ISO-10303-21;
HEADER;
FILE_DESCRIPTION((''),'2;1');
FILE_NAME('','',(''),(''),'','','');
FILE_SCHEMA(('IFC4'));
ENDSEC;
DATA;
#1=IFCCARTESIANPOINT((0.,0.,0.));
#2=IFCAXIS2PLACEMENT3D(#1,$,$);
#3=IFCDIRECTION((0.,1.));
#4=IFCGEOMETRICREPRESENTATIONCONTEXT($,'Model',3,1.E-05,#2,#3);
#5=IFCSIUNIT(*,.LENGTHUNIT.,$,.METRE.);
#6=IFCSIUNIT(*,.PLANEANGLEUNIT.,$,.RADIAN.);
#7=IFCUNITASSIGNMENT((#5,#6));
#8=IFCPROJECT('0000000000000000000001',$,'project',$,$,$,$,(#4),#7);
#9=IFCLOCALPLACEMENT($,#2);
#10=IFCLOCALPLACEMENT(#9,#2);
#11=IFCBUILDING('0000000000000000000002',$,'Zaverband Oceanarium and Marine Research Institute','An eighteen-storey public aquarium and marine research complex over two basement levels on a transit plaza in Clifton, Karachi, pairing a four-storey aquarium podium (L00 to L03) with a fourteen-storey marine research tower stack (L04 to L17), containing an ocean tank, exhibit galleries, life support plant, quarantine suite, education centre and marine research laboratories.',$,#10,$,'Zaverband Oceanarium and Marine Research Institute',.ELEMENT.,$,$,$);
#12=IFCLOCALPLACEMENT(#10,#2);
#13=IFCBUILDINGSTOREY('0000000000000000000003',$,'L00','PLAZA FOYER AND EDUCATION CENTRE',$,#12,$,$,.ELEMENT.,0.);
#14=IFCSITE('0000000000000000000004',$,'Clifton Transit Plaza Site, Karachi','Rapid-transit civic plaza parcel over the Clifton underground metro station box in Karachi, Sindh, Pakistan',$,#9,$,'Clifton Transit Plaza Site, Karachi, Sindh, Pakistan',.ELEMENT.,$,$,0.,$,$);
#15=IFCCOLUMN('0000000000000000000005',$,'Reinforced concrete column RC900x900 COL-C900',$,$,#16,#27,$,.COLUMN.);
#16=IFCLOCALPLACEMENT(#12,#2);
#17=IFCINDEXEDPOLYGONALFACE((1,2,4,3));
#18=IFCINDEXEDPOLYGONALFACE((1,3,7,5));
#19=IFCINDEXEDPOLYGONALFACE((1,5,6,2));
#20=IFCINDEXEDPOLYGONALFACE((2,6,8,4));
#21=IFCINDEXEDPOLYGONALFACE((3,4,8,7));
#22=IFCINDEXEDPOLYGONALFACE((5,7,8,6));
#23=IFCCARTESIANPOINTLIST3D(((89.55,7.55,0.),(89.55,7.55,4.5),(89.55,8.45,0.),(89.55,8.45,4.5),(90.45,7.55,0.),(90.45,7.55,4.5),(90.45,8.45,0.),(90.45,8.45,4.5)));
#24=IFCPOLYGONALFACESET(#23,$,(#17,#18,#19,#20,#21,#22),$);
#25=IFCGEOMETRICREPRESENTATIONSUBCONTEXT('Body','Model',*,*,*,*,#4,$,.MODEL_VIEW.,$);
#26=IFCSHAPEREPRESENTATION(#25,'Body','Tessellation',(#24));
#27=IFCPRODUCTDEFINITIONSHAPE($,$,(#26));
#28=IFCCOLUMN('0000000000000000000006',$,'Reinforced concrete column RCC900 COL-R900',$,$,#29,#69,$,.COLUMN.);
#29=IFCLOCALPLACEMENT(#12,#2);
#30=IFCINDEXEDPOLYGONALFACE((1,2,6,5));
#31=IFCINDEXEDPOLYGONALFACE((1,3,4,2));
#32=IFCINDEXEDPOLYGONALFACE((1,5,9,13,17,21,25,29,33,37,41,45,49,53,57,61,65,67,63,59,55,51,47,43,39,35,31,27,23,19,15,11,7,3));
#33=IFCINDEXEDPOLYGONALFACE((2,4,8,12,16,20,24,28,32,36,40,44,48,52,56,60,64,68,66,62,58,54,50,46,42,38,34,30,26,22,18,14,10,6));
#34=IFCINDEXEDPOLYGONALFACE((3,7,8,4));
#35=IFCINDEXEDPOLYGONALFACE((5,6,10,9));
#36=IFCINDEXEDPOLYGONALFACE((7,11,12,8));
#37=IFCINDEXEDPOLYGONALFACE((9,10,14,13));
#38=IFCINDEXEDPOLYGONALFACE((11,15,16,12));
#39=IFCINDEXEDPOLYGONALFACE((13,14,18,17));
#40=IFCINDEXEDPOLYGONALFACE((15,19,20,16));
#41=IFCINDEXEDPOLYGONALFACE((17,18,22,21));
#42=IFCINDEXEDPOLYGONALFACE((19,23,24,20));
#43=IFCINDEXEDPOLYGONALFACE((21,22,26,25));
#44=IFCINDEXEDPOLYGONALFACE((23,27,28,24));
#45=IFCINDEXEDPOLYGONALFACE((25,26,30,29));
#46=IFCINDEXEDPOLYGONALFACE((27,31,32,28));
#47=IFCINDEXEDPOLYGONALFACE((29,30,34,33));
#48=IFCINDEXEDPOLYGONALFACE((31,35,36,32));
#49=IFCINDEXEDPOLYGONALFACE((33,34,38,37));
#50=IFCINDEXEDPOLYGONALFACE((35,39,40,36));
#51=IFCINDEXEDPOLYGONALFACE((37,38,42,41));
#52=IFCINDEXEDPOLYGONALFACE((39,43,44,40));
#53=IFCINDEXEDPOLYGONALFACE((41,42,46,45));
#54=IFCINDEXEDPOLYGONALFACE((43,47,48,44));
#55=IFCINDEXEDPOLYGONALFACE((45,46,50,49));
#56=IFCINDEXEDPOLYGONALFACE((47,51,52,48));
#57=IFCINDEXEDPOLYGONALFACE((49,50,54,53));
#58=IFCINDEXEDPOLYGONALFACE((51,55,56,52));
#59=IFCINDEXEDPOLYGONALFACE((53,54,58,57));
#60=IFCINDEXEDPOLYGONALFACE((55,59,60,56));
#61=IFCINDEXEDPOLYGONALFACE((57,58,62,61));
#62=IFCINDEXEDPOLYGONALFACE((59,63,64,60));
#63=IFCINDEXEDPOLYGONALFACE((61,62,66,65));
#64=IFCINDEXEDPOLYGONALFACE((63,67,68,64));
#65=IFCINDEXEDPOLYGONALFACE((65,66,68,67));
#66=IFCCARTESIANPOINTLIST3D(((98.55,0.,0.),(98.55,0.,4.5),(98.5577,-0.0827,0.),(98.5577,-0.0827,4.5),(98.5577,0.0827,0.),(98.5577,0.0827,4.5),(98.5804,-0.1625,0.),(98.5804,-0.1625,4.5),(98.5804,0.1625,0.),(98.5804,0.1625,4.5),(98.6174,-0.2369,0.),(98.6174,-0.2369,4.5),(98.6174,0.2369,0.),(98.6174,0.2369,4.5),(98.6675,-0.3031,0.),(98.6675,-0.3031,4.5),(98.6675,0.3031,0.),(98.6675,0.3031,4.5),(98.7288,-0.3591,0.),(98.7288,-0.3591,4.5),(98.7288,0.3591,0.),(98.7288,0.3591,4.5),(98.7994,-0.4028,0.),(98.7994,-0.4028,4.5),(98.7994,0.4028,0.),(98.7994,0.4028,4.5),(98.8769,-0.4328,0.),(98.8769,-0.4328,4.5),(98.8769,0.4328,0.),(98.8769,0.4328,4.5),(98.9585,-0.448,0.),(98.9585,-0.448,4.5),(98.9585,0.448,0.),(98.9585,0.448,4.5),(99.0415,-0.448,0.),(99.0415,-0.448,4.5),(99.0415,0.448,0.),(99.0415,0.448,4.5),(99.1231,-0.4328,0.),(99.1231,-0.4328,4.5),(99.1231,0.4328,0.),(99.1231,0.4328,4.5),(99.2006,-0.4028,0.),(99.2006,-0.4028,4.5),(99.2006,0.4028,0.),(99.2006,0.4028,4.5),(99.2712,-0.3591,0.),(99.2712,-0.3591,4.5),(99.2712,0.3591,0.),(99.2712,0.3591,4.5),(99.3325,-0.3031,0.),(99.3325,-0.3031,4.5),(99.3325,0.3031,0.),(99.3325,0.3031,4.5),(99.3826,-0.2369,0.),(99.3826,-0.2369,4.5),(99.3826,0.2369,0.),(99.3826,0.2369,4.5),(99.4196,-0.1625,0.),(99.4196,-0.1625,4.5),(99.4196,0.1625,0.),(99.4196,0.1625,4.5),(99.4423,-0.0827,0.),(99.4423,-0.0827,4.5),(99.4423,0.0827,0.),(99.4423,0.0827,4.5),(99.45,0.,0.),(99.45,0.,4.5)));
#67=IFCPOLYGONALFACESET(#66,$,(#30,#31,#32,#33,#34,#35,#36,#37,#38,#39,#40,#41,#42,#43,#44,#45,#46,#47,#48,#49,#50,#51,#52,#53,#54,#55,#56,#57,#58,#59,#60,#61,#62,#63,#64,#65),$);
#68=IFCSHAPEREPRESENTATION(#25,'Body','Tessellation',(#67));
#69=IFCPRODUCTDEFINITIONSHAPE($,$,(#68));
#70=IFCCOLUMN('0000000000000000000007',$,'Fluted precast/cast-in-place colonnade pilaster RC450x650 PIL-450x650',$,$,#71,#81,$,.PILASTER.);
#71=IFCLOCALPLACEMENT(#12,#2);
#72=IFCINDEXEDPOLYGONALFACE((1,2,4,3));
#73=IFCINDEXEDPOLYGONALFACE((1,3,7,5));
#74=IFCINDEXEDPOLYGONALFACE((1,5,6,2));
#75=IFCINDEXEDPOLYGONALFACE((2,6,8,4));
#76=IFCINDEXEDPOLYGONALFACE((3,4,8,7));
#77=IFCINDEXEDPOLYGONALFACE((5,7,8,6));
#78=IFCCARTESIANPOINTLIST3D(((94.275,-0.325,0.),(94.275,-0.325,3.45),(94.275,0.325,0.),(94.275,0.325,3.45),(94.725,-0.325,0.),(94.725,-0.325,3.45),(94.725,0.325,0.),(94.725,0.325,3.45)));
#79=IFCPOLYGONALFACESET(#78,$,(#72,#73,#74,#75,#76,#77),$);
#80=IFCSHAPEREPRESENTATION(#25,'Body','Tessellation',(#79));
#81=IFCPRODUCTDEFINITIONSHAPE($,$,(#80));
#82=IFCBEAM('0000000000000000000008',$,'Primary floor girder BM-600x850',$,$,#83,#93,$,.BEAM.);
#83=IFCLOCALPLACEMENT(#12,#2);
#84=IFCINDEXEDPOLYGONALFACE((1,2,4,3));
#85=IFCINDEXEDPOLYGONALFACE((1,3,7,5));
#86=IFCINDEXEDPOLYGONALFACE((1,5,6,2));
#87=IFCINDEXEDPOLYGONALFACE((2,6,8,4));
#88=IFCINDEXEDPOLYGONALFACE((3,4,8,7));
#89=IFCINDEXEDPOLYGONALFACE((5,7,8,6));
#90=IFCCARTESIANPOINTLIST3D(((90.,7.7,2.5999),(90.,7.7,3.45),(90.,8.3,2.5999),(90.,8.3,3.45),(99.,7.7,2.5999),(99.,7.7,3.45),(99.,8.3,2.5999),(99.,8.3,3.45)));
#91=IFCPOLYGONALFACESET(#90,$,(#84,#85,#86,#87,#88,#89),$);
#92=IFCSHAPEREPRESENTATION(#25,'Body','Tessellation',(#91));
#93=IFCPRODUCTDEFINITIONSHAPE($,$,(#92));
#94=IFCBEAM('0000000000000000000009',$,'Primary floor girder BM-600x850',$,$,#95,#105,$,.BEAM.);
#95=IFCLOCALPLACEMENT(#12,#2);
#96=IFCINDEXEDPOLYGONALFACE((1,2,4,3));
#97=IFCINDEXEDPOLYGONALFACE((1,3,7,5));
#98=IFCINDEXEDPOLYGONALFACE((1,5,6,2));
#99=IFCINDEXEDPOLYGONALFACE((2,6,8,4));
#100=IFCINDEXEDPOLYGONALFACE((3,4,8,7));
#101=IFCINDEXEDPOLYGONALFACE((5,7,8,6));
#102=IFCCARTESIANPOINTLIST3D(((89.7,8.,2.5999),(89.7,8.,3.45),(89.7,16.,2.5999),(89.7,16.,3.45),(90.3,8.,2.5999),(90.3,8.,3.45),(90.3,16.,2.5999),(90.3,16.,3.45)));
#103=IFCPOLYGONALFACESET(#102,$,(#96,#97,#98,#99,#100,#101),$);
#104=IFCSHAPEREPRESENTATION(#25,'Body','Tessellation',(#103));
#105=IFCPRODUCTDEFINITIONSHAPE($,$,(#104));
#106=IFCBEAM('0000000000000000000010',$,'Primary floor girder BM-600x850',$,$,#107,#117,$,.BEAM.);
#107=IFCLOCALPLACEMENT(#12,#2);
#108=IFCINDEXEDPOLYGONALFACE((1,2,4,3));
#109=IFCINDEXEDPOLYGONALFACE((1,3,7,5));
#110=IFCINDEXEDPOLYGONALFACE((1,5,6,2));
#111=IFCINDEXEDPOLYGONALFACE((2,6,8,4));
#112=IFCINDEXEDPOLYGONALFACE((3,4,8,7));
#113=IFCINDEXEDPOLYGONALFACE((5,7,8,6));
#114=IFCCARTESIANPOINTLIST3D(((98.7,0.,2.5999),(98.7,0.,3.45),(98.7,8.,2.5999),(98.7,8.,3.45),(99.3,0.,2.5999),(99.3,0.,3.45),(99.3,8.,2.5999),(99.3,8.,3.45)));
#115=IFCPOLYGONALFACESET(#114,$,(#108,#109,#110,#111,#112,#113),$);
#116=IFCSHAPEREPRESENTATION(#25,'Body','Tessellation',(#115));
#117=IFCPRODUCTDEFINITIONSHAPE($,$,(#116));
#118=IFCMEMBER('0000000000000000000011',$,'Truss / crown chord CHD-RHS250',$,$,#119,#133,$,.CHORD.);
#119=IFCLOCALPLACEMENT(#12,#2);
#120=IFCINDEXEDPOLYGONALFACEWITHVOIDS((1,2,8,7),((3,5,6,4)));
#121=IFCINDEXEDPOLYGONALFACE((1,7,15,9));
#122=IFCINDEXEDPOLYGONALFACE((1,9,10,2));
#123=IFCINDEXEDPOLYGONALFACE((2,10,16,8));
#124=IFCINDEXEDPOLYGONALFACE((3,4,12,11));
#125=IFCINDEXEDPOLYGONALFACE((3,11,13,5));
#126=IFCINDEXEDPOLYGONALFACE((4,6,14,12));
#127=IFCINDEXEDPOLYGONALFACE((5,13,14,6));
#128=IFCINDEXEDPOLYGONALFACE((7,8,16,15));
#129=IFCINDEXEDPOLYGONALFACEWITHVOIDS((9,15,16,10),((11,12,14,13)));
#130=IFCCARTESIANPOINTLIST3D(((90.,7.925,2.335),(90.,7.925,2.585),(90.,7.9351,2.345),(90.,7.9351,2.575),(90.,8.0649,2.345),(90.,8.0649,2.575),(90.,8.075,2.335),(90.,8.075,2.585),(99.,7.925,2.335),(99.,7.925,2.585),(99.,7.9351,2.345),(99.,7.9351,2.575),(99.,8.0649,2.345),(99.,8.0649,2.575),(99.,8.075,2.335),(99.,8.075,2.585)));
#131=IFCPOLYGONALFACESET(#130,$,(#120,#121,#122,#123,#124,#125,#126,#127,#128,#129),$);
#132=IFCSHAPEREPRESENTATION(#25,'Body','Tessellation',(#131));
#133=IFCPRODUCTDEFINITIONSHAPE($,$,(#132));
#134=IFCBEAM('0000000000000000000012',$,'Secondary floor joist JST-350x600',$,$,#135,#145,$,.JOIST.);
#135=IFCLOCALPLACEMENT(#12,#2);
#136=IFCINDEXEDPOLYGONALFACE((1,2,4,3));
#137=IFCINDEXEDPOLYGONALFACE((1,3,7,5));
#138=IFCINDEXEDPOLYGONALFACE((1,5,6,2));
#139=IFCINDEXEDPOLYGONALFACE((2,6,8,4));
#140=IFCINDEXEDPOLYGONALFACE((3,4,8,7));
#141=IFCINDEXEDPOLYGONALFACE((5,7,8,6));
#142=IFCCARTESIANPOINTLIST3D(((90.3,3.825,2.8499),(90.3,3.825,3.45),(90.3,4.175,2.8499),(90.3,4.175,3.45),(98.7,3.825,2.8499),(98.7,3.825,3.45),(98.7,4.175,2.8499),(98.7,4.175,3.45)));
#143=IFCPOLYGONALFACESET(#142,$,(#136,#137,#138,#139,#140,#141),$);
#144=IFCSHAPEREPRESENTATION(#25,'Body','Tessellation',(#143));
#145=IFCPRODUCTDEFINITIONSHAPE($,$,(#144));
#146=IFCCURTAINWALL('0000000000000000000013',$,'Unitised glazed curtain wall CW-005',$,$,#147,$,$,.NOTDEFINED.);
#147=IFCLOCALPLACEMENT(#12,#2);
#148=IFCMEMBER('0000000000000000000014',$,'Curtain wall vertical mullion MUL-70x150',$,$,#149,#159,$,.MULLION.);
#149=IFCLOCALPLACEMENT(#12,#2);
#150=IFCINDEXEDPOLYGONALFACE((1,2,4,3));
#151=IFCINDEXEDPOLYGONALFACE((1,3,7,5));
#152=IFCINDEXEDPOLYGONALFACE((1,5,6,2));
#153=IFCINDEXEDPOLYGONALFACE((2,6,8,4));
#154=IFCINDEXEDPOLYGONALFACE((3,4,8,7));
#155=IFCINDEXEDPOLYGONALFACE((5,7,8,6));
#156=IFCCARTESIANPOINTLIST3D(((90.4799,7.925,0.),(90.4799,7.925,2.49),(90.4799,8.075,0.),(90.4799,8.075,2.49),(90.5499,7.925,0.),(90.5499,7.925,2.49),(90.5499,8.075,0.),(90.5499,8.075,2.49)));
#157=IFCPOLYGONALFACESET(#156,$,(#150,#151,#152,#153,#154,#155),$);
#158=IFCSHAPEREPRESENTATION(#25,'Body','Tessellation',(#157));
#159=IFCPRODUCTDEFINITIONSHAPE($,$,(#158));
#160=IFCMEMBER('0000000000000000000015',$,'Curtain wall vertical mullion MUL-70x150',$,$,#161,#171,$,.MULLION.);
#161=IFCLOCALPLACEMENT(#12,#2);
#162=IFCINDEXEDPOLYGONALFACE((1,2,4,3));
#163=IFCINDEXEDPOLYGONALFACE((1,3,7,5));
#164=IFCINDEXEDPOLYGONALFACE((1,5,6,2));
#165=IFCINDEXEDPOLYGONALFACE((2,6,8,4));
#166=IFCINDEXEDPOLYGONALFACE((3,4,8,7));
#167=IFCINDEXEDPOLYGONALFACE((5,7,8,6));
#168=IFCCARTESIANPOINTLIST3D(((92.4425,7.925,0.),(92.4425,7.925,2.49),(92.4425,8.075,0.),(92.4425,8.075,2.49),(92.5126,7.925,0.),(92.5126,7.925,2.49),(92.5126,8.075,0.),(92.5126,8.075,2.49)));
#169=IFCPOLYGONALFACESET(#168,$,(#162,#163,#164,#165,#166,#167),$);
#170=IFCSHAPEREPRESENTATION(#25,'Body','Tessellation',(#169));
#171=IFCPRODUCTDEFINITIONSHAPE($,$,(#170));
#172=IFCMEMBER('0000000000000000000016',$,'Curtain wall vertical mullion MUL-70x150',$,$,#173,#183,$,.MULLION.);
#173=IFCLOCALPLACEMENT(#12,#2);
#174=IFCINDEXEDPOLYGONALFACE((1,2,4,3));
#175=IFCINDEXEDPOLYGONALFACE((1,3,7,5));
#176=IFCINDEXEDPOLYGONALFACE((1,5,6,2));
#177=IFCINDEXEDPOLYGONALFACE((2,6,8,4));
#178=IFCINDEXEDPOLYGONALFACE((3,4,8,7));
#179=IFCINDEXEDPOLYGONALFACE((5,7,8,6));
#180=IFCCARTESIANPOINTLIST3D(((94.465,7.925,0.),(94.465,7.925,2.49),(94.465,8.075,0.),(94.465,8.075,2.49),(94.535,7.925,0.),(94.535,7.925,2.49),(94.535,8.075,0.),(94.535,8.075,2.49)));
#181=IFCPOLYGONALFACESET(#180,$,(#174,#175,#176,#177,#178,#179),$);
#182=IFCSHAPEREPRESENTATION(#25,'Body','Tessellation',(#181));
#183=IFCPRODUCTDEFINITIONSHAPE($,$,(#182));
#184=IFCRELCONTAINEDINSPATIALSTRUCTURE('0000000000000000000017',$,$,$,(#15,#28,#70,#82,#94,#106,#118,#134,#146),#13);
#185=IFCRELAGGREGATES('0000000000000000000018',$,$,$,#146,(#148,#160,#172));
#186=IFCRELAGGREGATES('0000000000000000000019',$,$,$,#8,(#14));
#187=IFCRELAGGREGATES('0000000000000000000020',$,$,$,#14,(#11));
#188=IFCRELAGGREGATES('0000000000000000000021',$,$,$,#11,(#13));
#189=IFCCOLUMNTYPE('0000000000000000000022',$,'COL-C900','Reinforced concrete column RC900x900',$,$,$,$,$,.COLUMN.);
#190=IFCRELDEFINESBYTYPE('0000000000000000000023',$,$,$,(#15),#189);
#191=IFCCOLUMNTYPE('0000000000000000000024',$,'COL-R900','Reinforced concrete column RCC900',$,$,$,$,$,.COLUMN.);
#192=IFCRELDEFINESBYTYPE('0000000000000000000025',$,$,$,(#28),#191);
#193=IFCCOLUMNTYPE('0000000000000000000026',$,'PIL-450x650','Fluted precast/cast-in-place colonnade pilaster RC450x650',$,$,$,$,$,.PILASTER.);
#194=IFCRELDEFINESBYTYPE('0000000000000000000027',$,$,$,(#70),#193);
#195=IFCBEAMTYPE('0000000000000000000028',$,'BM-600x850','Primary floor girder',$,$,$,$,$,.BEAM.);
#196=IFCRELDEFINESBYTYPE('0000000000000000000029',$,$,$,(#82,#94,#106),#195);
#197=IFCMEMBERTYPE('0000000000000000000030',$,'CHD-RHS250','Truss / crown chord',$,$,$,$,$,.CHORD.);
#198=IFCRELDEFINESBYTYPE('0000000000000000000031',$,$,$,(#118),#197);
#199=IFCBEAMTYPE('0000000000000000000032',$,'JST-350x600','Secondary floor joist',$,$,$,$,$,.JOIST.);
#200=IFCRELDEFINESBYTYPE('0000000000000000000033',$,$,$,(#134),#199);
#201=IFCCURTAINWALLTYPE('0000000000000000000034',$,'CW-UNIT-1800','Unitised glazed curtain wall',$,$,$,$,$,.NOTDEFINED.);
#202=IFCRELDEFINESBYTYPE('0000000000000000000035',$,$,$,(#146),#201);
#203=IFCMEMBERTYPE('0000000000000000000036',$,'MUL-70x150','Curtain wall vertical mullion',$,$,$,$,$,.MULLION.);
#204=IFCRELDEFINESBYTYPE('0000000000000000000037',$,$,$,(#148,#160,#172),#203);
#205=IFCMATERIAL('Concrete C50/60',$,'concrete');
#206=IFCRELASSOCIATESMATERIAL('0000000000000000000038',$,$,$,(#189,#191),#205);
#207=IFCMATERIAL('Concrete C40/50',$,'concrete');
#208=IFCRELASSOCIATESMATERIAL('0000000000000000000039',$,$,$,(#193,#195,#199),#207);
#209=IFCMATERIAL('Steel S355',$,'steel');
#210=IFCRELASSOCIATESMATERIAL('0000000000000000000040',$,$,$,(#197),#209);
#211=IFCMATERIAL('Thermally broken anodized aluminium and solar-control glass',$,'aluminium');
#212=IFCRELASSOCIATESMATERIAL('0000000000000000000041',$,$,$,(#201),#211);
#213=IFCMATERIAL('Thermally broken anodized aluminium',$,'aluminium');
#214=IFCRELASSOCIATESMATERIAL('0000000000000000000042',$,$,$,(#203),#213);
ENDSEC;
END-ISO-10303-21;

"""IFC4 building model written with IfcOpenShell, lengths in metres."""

from ifc_helpers import new_model, si_unit, direction, frame, origin, origin_2d, place, context, subcontext, project, spatial, rectangle, hollow_rectangle, circle, extrude, material, material_profile, profile_set, type_object, element, aggregate, save


model = new_model("IFC4")

# Units and contexts
model_context = context("Model", 3, precision=1e-05, world=origin(), true_north=direction((0.0, 1.0)))
body_context = subcontext(model_context, "Body", "Model", "MODEL_VIEW")
ifc_project = project(units=[si_unit("LENGTHUNIT", "METRE"), si_unit("PLANEANGLEUNIT", "RADIAN")], contexts=[model_context])

# Site, building, storey
site_placement = place(None, origin())
site = spatial("IfcSite", under=ifc_project, at=site_placement, Name="Clifton Transit Plaza Site, Karachi", Description="Rapid-transit civic plaza parcel over the Clifton underground metro station box in Karachi, Sindh, Pakistan", LongName="Clifton Transit Plaza Site, Karachi, Sindh, Pakistan", CompositionType="ELEMENT", RefElevation=0.0)
building_placement = place(site_placement, origin())
building = spatial("IfcBuilding", under=site, at=building_placement, Name="Zaverband Oceanarium and Marine Research Institute", Description="An eighteen-storey public aquarium and marine research complex over two basement levels on a transit plaza in Clifton, Karachi, pairing a four-storey aquarium podium (L00 to L03) with a fourteen-storey marine research tower stack (L04 to L17), containing an ocean tank, exhibit galleries, life support plant, quarantine suite, education centre and marine research laboratories.", LongName="Zaverband Oceanarium and Marine Research Institute", CompositionType="ELEMENT")
storey_placement = place(building_placement, origin())
storey = spatial("IfcBuildingStorey", under=building, at=storey_placement, Name="L00", Description="PLAZA FOYER AND EDUCATION CENTRE", CompositionType="ELEMENT", Elevation=0.0)

# Columns
ifc_material_1 = material(Name="Concrete C50/60", Category="concrete")
ifc_material_profile_1 = material_profile(ifc_material_1, rectangle(XDim=0.8999, YDim=0.8999, at=origin_2d()), Name="RC900x900")
ifc_profile_set_1 = profile_set([ifc_material_profile_1], Name="Concrete C50/60")
column_type_1 = type_object("IfcColumnType", Name="COL-C900", Description="Reinforced concrete column RC900x900", PredefinedType="COLUMN", material=ifc_profile_set_1)
column_1_placement = place(storey_placement, frame((90.0, 8.0, 0.0), z_axis=(0.0, 0.0, 1.0), x_axis=(1.0, 0.0, 0.0)))
element("IfcColumn", 1, at=column_1_placement, inside=storey, type_object=column_type_1, Name="Reinforced concrete column RC900x900 COL-C900", PredefinedType="COLUMN", context=body_context, shape_type="SweptSolid", body=[
    extrude(rectangle(XDim=0.8999, YDim=0.8999, at=origin_2d()), origin(), (0.0, 0.0, 1.0), 4.5),
])
ifc_material_profile_2 = material_profile(ifc_material_1, circle(Radius=0.45, at=origin_2d()), Name="RCC900")
ifc_profile_set_2 = profile_set([ifc_material_profile_2], Name="Concrete C50/60")
column_type_2 = type_object("IfcColumnType", Name="COL-R900", Description="Reinforced concrete column RCC900", PredefinedType="COLUMN", material=ifc_profile_set_2)
column_2_placement = place(storey_placement, frame((99.0, 0.0, 0.0), z_axis=(0.0, 0.0, 1.0), x_axis=(1.0, 0.0, 0.0)))
element("IfcColumn", 2, at=column_2_placement, inside=storey, type_object=column_type_2, Name="Reinforced concrete column RCC900 COL-R900", PredefinedType="COLUMN", context=body_context, shape_type="SweptSolid", body=[
    extrude(circle(Radius=0.45, at=origin_2d()), origin(), (0.0, 0.0, 1.0), 4.5),
])
ifc_material_2 = material(Name="Concrete C40/50", Category="concrete")
ifc_material_profile_3 = material_profile(ifc_material_2, rectangle(XDim=0.45, YDim=0.6499, at=origin_2d()), Name="RC450x650")
ifc_profile_set_3 = profile_set([ifc_material_profile_3], Name="Concrete C40/50")
column_type_3 = type_object("IfcColumnType", Name="PIL-450x650", Description="Fluted precast/cast-in-place colonnade pilaster RC450x650", PredefinedType="PILASTER", material=ifc_profile_set_3)
column_3_placement = place(storey_placement, frame((94.5, 0.0, 0.0), z_axis=(0.0, 0.0, 1.0), x_axis=(1.0, 0.0, 0.0)))
element("IfcColumn", 3, at=column_3_placement, inside=storey, type_object=column_type_3, Name="Fluted precast/cast-in-place colonnade pilaster RC450x650 PIL-450x650", PredefinedType="PILASTER", context=body_context, shape_type="SweptSolid", body=[
    extrude(rectangle(XDim=0.45, YDim=0.6499, at=origin_2d()), origin(), (0.0, 0.0, 1.0), 3.45),
])

# Beams
ifc_material_profile_4 = material_profile(ifc_material_2, rectangle(XDim=0.6001, YDim=0.8501, at=origin_2d()), Name="RC600x850")
ifc_profile_set_4 = profile_set([ifc_material_profile_4], Name="Concrete C40/50")
beam_type_1 = type_object("IfcBeamType", Name="BM-600x850", Description="Primary floor girder", PredefinedType="BEAM", material=ifc_profile_set_4)
beam_1_placement = place(storey_placement, frame((90.0, 8.0, 3.0249), z_axis=(1.0, 0.0, 0.0), x_axis=(0.0, 1.0, 0.0)))
element("IfcBeam", 4, at=beam_1_placement, inside=storey, type_object=beam_type_1, Name="Primary floor girder BM-600x850", PredefinedType="BEAM", context=body_context, shape_type="SweptSolid", body=[
    extrude(rectangle(XDim=0.6001, YDim=0.8501, at=origin_2d()), origin(), (0.0, 0.0, 1.0), 9.0),
])
for number, where, z_axis, x_axis, name in (
    (5, (90.0, 8.0, 3.0249), (0.0, 1.0, 0.0), (-1.0, 0.0, 0.0), "Primary floor girder BM-600x850"),
    (6, (99.0, 0.0, 3.0249), (0.0, 1.0, 0.0), (-1.0, 0.0, 0.0), "Primary floor girder BM-600x850"),
):
    element("IfcBeam", number, at=place(storey_placement, frame(where, z_axis=z_axis, x_axis=x_axis)), inside=storey, type_object=beam_type_1, Name=name, PredefinedType="BEAM", context=body_context, shape_type="SweptSolid", body=[
        extrude(rectangle(XDim=0.6001, YDim=0.8501, at=origin_2d()), origin(), (0.0, 0.0, 1.0), 8.0),
    ])

# Member
ifc_material_3 = material(Name="Steel S355", Category="steel")
ifc_material_profile_5 = material_profile(ifc_material_3, hollow_rectangle(XDim=0.1499, YDim=0.25, WallThickness=0.01, at=origin_2d()), Name="RHS250x150x10")
ifc_profile_set_5 = profile_set([ifc_material_profile_5], Name="Steel S355")
member_type_1 = type_object("IfcMemberType", Name="CHD-RHS250", Description="Truss / crown chord", PredefinedType="CHORD", material=ifc_profile_set_5)
member_1_placement = place(storey_placement, frame((90.0, 8.0, 2.46), z_axis=(1.0, 0.0, 0.0), x_axis=(0.0, 1.0, 0.0)))
element("IfcMember", 7, at=member_1_placement, inside=storey, type_object=member_type_1, Name="Truss / crown chord CHD-RHS250", PredefinedType="CHORD", context=body_context, shape_type="SweptSolid", body=[
    extrude(hollow_rectangle(XDim=0.1499, YDim=0.25, WallThickness=0.01, at=origin_2d()), origin(), (0.0, 0.0, 1.0), 9.0),
])

# Beam
ifc_material_profile_6 = material_profile(ifc_material_2, rectangle(XDim=0.3501, YDim=0.6001, at=origin_2d()), Name="RC350x600")
ifc_profile_set_6 = profile_set([ifc_material_profile_6], Name="Concrete C40/50")
beam_type_2 = type_object("IfcBeamType", Name="JST-350x600", Description="Secondary floor joist", PredefinedType="JOIST", material=ifc_profile_set_6)
beam_2_placement = place(storey_placement, frame((90.3, 4.0, 3.1499), z_axis=(1.0, 0.0, 0.0), x_axis=(0.0, 1.0, 0.0)))
element("IfcBeam", 8, at=beam_2_placement, inside=storey, type_object=beam_type_2, Name="Secondary floor joist JST-350x600", PredefinedType="JOIST", context=body_context, shape_type="SweptSolid", body=[
    extrude(rectangle(XDim=0.3501, YDim=0.6001, at=origin_2d()), origin(), (0.0, 0.0, 1.0), 8.3999),
])

# Curtain wall, members
ifc_material_4 = material(Name="Thermally broken anodized aluminium and solar-control glass", Category="aluminium")
curtain_wall_type = type_object("IfcCurtainWallType", Name="CW-UNIT-1800", Description="Unitised glazed curtain wall", PredefinedType="NOTDEFINED", material=ifc_material_4)
curtain_wall_placement = place(storey_placement, origin())
curtain_wall = element("IfcCurtainWall", 9, at=curtain_wall_placement, inside=storey, type_object=curtain_wall_type, Name="Unitised glazed curtain wall CW-005", PredefinedType="NOTDEFINED")
ifc_material_5 = material(Name="Thermally broken anodized aluminium", Category="aluminium")
ifc_material_profile_7 = material_profile(ifc_material_5, rectangle(XDim=0.0701, YDim=0.1499, at=origin_2d()), Name="AL-MUL-70x150")
ifc_profile_set_7 = profile_set([ifc_material_profile_7], Name="Thermally broken anodized aluminium")
member_type_2 = type_object("IfcMemberType", Name="MUL-70x150", Description="Curtain wall vertical mullion", PredefinedType="MULLION", material=ifc_profile_set_7)
member_2_placement = place(storey_placement, frame((90.5149, 8.0, 0.0), z_axis=(0.0, 0.0, 1.0), x_axis=(1.0, 0.0, 0.0)))
member_2 = element("IfcMember", 10, at=member_2_placement, type_object=member_type_2, Name="Curtain wall vertical mullion MUL-70x150", PredefinedType="MULLION", context=body_context, shape_type="SweptSolid", body=[
    extrude(rectangle(XDim=0.0701, YDim=0.1499, at=origin_2d()), origin(), (0.0, 0.0, 1.0), 2.49),
])
member_3_placement = place(storey_placement, frame((92.4775, 8.0, 0.0), z_axis=(0.0, 0.0, 1.0), x_axis=(1.0, 0.0, 0.0)))
member_3 = element("IfcMember", 11, at=member_3_placement, type_object=member_type_2, Name="Curtain wall vertical mullion MUL-70x150", PredefinedType="MULLION", context=body_context, shape_type="SweptSolid", body=[
    extrude(rectangle(XDim=0.0701, YDim=0.1499, at=origin_2d()), origin(), (0.0, 0.0, 1.0), 2.49),
])
member_4_placement = place(storey_placement, frame((94.5, 8.0, 0.0), z_axis=(0.0, 0.0, 1.0), x_axis=(1.0, 0.0, 0.0)))
member_4 = element("IfcMember", 12, at=member_4_placement, type_object=member_type_2, Name="Curtain wall vertical mullion MUL-70x150", PredefinedType="MULLION", context=body_context, shape_type="SweptSolid", body=[
    extrude(rectangle(XDim=0.0701, YDim=0.1499, at=origin_2d()), origin(), (0.0, 0.0, 1.0), 2.49),
])

aggregate(curtain_wall, [member_2, member_3, member_4])

save(model, "model.ifc")
